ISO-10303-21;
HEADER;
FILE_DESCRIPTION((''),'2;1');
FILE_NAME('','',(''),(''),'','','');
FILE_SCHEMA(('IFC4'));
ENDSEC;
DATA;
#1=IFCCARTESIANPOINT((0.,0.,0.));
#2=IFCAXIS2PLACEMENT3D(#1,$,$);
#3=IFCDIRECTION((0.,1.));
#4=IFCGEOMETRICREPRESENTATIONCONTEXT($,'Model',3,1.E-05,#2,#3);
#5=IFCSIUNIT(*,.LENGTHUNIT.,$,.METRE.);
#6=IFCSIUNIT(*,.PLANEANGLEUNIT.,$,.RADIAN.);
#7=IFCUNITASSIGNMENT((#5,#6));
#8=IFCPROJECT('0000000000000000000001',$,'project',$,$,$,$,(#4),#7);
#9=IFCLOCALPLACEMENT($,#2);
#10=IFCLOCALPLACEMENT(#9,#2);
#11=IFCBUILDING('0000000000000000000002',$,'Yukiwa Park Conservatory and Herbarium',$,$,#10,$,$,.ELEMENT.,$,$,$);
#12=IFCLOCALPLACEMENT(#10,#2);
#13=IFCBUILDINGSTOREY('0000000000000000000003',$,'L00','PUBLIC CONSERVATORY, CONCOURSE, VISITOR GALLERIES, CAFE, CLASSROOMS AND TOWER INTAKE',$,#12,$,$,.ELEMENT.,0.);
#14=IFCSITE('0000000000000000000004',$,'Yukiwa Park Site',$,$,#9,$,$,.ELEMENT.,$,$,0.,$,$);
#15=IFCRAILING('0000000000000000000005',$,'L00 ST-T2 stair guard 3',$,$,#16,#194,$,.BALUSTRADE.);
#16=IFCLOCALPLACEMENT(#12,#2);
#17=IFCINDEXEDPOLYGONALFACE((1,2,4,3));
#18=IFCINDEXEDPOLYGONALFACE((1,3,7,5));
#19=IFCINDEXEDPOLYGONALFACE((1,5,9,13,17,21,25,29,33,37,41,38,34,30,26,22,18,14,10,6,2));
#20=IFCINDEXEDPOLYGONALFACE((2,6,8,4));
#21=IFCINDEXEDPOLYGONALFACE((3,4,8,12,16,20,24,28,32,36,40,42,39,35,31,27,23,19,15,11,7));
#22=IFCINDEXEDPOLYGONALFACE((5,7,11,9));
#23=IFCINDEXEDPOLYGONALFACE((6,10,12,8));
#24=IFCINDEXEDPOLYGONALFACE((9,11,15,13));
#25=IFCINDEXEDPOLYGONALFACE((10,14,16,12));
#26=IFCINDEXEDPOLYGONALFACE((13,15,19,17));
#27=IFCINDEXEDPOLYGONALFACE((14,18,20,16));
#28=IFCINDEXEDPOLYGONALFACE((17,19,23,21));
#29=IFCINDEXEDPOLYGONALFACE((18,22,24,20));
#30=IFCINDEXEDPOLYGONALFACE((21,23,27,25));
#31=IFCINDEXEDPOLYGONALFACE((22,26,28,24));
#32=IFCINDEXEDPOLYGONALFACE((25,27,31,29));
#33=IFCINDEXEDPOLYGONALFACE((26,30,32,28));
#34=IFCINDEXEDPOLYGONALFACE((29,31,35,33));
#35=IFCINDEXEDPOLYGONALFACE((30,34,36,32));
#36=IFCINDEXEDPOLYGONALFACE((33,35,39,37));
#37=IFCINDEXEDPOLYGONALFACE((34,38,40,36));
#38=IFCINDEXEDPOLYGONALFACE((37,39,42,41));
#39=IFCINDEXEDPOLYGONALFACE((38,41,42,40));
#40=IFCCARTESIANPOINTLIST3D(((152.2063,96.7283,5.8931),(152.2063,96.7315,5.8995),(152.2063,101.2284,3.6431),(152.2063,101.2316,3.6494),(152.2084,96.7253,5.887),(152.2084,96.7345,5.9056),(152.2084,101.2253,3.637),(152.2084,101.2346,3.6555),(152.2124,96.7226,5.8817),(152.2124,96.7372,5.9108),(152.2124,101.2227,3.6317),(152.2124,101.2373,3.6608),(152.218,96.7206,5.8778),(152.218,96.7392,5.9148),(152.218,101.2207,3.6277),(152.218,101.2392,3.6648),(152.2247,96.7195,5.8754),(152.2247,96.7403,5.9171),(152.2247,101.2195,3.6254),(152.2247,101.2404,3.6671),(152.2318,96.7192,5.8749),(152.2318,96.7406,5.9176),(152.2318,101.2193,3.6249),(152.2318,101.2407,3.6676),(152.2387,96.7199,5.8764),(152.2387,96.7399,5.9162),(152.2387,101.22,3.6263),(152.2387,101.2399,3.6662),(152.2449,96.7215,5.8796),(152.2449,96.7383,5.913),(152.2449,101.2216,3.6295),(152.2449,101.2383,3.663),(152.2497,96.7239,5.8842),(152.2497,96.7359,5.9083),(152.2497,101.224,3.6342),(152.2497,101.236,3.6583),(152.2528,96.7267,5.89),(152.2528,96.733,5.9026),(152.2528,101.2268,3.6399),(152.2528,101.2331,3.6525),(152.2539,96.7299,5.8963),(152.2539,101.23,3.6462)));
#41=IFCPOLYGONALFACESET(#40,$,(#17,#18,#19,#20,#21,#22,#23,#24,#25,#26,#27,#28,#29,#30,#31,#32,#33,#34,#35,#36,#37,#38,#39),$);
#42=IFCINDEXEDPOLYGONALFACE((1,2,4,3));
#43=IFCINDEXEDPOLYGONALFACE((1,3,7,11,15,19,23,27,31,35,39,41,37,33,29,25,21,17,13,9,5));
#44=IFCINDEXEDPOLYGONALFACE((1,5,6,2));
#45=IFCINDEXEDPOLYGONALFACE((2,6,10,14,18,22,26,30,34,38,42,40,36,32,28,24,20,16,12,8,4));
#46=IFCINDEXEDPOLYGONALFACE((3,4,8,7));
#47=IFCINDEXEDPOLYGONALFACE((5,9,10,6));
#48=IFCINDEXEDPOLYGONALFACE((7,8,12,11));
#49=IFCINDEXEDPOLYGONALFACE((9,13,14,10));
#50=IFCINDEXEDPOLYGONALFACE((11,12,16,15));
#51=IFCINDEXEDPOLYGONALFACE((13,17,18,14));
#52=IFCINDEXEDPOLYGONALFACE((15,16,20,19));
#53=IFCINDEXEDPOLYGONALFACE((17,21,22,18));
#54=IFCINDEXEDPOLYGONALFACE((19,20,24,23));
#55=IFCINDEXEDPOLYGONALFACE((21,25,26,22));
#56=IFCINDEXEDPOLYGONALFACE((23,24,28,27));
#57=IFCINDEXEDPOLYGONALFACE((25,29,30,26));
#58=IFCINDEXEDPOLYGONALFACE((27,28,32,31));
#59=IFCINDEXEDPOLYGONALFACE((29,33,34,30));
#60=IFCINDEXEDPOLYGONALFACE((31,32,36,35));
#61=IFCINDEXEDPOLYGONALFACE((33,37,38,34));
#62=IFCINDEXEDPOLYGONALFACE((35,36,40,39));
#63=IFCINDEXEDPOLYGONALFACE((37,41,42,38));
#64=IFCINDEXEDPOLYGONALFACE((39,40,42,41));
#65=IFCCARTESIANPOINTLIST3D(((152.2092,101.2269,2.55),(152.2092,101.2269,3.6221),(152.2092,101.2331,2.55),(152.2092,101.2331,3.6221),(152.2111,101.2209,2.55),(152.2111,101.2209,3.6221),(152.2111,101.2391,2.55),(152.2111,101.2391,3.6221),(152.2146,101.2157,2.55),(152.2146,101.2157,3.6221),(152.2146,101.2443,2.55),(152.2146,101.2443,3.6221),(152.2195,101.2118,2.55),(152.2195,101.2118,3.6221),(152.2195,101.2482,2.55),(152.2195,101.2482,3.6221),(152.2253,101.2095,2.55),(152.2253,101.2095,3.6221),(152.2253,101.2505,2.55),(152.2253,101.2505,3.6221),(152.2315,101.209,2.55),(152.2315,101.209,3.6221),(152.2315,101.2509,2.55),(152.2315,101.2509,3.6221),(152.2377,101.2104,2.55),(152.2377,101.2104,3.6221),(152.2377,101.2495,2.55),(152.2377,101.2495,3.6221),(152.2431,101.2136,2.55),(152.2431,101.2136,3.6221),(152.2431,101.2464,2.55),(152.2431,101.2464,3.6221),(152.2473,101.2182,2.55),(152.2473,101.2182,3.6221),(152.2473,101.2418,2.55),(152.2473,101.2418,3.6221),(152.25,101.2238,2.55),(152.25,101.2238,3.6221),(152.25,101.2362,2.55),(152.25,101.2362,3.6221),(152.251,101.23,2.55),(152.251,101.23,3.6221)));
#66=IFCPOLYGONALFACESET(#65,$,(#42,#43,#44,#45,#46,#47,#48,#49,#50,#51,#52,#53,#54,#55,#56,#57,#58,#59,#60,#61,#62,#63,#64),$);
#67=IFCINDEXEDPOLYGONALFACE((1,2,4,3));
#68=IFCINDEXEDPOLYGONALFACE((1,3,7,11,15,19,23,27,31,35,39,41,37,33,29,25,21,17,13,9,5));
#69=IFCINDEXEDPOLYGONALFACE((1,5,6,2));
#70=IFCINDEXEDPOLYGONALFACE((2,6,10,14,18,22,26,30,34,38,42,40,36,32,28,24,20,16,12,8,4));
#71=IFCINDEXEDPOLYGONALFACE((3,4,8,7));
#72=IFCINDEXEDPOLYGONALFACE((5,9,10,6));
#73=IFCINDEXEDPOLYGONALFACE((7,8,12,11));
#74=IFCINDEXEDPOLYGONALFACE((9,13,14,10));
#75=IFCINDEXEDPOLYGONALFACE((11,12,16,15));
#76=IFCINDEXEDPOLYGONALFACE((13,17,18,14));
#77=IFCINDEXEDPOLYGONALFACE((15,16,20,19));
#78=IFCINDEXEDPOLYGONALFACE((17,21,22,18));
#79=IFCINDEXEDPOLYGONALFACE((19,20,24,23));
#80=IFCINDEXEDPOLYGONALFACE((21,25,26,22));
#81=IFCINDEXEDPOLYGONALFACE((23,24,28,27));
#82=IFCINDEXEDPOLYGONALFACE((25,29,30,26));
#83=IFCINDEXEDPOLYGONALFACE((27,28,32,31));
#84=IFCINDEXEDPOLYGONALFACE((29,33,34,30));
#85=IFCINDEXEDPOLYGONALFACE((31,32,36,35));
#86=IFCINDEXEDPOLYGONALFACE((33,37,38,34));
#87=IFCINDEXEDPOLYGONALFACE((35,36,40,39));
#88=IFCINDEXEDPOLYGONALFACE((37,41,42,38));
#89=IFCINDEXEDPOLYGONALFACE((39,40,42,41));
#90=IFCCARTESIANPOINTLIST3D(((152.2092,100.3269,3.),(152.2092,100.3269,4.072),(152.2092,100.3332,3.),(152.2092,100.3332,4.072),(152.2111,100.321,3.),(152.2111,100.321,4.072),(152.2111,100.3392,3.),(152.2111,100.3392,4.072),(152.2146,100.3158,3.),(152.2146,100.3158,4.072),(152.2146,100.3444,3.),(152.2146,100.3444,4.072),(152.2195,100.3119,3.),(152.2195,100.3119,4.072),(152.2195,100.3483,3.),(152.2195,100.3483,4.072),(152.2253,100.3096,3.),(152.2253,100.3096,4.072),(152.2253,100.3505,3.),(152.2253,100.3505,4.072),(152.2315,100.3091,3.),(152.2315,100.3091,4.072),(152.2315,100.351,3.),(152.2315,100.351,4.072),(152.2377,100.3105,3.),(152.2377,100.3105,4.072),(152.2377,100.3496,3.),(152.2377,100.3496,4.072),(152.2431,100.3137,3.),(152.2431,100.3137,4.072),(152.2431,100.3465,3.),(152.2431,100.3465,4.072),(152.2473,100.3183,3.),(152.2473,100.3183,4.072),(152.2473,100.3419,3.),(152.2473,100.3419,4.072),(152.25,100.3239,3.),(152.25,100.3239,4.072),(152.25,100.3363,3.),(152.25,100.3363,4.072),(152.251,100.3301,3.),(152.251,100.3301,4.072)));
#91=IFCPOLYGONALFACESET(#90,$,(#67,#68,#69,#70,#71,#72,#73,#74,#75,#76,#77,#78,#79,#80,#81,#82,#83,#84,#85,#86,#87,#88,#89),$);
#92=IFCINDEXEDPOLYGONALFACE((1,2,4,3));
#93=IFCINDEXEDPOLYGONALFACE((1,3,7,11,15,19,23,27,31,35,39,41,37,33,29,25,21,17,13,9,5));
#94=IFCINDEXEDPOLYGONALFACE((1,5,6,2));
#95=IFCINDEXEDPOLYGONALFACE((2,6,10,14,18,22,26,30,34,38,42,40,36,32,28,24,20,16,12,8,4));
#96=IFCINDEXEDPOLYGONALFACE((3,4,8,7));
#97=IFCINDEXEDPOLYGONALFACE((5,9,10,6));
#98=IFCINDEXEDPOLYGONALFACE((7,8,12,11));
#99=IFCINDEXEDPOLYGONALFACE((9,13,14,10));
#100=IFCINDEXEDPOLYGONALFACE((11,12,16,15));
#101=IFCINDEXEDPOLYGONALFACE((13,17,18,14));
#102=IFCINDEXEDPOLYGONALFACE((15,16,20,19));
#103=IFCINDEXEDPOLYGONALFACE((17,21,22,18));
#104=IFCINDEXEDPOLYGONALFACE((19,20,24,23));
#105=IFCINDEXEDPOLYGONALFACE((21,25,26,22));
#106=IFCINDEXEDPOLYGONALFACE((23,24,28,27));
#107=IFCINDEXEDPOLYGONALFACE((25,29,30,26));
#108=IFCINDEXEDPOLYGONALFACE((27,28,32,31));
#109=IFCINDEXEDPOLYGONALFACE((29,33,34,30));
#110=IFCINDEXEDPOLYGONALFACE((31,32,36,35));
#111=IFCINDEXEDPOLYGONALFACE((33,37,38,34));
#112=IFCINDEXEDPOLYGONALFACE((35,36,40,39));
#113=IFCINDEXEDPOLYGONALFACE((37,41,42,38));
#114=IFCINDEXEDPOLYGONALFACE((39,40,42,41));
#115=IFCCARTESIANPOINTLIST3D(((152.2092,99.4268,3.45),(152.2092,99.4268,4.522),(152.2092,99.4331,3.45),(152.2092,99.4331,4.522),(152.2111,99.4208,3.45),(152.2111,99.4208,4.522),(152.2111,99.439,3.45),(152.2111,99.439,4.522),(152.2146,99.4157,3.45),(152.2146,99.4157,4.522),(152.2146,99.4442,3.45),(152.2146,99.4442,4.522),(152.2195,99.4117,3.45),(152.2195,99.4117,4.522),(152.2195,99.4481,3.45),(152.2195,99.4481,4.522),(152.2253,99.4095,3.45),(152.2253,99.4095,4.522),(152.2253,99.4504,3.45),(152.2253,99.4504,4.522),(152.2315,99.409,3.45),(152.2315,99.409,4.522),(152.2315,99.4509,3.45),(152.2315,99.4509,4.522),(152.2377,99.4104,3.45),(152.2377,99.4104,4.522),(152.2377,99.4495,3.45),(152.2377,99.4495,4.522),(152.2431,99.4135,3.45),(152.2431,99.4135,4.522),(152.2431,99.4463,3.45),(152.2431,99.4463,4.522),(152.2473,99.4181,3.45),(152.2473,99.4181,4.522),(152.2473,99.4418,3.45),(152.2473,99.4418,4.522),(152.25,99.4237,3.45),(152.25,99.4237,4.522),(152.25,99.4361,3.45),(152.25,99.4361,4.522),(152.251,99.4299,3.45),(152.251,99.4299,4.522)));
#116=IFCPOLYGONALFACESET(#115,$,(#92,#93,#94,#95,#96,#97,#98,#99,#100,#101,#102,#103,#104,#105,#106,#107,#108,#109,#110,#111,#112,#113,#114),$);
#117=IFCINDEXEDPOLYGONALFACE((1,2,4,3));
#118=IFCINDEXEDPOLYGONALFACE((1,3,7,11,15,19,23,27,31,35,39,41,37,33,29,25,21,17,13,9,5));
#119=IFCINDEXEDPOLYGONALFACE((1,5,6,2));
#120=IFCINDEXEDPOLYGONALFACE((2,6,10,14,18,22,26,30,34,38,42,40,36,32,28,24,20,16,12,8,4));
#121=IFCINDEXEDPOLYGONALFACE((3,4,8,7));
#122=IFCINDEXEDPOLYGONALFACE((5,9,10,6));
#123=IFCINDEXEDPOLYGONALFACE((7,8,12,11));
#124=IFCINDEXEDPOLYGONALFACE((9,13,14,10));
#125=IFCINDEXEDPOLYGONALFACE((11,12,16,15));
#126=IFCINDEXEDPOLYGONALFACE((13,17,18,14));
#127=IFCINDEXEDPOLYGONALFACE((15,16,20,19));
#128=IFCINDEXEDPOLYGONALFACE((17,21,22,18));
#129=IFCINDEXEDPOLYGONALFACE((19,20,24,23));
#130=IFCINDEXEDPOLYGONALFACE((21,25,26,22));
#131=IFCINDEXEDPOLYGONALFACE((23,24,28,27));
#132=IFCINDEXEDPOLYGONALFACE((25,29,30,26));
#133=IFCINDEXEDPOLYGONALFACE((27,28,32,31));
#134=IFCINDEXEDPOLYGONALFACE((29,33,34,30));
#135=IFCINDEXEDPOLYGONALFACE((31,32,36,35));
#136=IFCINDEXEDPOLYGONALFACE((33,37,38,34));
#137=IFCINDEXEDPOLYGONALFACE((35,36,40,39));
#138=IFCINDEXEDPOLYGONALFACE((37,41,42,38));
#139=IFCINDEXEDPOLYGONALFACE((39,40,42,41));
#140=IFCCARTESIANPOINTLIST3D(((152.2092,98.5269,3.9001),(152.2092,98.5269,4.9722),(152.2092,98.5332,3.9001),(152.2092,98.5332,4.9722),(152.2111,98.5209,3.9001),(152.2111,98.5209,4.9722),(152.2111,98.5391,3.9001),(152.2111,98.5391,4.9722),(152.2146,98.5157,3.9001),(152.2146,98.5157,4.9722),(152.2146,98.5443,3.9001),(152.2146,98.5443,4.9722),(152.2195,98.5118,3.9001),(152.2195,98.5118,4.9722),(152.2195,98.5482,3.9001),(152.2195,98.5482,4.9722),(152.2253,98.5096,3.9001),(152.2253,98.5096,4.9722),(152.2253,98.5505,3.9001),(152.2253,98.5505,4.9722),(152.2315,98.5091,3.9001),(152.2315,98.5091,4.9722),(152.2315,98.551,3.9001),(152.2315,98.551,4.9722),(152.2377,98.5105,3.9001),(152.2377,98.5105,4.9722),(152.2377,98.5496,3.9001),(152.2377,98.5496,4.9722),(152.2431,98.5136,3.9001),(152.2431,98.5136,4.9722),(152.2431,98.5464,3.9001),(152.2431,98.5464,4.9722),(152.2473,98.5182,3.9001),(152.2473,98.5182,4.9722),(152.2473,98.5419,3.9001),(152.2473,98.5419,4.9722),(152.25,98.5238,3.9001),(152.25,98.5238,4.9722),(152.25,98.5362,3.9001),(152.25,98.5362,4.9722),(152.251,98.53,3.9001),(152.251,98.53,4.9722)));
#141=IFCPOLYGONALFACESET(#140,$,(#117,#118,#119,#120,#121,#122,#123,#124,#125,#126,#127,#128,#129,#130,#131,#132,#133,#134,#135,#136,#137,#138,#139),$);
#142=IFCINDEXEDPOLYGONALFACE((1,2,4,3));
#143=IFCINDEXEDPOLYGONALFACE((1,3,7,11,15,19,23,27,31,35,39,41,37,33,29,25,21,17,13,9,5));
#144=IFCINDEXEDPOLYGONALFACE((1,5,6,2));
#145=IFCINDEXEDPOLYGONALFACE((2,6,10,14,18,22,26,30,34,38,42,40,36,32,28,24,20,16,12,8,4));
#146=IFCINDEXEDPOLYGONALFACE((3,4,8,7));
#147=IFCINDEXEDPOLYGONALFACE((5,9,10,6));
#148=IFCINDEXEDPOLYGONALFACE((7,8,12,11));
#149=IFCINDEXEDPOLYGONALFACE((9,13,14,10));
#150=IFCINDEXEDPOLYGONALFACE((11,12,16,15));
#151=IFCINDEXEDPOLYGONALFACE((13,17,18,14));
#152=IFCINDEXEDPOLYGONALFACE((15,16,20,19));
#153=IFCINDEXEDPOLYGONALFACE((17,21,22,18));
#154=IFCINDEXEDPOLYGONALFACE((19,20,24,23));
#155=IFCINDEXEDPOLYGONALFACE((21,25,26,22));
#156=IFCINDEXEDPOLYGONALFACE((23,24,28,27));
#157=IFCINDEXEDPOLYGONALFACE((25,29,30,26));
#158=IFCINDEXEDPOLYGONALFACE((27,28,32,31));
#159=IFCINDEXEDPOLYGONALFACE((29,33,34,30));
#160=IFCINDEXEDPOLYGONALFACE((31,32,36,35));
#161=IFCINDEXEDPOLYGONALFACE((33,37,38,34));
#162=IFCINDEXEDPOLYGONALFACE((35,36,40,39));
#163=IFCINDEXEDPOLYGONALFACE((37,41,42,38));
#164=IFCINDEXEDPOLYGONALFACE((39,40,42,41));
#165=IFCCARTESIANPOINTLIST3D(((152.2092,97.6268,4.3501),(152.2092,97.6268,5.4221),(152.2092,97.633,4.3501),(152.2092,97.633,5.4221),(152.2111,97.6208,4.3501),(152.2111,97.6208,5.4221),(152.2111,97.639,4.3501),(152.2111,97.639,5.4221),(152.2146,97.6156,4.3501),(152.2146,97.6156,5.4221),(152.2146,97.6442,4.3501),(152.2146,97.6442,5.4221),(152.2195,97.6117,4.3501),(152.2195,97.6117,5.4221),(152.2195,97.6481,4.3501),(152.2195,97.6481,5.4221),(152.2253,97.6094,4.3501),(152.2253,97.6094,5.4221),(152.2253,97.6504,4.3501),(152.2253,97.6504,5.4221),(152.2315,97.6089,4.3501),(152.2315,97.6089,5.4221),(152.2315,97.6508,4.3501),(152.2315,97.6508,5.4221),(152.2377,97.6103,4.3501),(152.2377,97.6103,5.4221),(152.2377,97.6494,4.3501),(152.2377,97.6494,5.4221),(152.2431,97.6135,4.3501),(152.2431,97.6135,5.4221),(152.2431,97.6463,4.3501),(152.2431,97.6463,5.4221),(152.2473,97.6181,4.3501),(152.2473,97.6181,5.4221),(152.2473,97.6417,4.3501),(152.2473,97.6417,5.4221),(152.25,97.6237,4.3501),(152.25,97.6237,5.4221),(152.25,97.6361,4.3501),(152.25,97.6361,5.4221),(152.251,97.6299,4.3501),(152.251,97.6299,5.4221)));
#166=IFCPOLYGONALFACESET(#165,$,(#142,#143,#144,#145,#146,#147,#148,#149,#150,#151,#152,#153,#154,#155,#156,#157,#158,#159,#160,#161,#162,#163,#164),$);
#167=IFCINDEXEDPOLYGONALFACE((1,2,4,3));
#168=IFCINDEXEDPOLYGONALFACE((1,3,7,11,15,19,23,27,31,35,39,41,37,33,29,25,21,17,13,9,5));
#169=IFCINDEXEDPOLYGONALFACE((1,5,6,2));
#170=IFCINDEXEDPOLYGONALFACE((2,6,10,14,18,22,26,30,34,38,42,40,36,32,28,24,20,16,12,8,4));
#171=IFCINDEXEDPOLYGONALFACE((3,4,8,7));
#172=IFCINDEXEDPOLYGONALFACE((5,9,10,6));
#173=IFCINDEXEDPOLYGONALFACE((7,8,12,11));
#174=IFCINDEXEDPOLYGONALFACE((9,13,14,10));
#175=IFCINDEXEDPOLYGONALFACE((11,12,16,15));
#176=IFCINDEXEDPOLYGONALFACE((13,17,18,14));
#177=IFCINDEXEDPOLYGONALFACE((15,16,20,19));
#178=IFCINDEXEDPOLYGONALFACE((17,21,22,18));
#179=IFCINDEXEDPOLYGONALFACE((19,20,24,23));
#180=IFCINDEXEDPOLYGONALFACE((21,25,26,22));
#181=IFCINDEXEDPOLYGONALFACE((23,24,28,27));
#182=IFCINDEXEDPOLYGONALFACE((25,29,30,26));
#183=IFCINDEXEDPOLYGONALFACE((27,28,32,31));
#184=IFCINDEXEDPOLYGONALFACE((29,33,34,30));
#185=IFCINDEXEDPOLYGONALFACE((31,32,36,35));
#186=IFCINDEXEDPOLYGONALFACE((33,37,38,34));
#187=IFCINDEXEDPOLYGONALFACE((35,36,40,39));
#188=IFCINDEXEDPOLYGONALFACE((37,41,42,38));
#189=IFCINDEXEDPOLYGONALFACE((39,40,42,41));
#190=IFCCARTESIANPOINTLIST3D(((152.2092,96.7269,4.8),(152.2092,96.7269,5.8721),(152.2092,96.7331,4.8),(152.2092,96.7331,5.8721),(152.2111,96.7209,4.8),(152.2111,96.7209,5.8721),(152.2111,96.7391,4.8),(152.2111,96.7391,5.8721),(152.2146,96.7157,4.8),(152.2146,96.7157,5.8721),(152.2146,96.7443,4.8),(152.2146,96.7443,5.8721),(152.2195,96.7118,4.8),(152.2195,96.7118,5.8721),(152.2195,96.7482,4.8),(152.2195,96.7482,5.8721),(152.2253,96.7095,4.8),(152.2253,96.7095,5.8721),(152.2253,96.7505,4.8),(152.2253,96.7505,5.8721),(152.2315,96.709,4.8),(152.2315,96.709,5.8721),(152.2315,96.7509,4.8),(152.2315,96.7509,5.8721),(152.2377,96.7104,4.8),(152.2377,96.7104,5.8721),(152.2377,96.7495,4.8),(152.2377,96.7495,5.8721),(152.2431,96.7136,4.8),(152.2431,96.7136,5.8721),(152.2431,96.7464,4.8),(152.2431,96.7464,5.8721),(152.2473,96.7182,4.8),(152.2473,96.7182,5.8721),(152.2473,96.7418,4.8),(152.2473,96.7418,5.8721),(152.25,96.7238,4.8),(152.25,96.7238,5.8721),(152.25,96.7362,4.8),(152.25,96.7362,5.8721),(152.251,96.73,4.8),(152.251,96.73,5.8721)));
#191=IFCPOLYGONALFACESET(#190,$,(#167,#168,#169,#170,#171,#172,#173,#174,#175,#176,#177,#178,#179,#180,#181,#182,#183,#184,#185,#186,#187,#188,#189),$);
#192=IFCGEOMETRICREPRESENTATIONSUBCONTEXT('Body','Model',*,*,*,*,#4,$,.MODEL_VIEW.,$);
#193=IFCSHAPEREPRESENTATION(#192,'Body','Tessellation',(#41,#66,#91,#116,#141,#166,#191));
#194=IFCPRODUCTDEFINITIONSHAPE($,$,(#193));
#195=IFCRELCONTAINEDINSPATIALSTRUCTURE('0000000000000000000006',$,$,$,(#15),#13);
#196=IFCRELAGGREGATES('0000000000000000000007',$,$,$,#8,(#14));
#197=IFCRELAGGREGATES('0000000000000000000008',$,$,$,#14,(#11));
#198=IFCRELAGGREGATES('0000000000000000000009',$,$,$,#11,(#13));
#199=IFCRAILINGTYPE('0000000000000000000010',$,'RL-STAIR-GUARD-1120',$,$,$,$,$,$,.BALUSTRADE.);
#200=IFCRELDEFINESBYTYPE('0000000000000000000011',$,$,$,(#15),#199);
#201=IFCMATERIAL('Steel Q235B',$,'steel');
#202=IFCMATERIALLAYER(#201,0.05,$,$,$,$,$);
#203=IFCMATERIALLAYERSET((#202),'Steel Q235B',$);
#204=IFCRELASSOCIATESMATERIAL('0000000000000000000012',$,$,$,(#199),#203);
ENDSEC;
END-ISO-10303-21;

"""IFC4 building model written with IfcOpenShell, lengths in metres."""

from ifc_helpers import new_model, si_unit, direction, frame, origin, origin_2d, place, context, subcontext, project, spatial, circle, extrude, material, layer, layer_set, type_object, element, save


model = new_model("IFC4")

# Units and contexts
model_context = context("Model", 3, precision=1e-05, world=origin(), true_north=direction((0.0, 1.0)))
body_context = subcontext(model_context, "Body", "Model", "MODEL_VIEW")
ifc_project = project(units=[si_unit("LENGTHUNIT", "METRE"), si_unit("PLANEANGLEUNIT", "RADIAN")], contexts=[model_context])

# Site, building, storey
site_placement = place(None, origin())
site = spatial("IfcSite", under=ifc_project, at=site_placement, Name="Yukiwa Park Site", CompositionType="ELEMENT", RefElevation=0.0)
building_placement = place(site_placement, origin())
building = spatial("IfcBuilding", under=site, at=building_placement, Name="Yukiwa Park Conservatory and Herbarium", CompositionType="ELEMENT")
storey_placement = place(building_placement, origin())
storey = spatial("IfcBuildingStorey", under=building, at=storey_placement, Name="L00", Description="PUBLIC CONSERVATORY, CONCOURSE, VISITOR GALLERIES, CAFE, CLASSROOMS AND TOWER INTAKE", CompositionType="ELEMENT", Elevation=0.0)

# Railing
ifc_material_1 = material(Name="Steel Q235B", Category="steel")
ifc_layer_1 = layer(ifc_material_1, 0.05)
ifc_layer_set_1 = layer_set([ifc_layer_1], Name="Steel Q235B")
railing_type_1 = type_object("IfcRailingType", Name="RL-STAIR-GUARD-1120", PredefinedType="BALUSTRADE", material=ifc_layer_set_1)
railing_1_placement = place(storey_placement, frame((152.23, 101.23, 2.55)))
element("IfcRailing", 1, at=railing_1_placement, inside=storey, type_object=railing_type_1, Name="L00 ST-T2 stair guard 3", PredefinedType="BALUSTRADE", context=body_context, shape_type="SweptSolid", body=[
    extrude(circle(Radius=0.0239, at=origin_2d()), frame((0.0, 0.0, 1.0962), z_axis=(0.0, -0.894427, 0.447214), x_axis=(1.0, 0.0, 0.0)), (0.0, 0.0, 1.0), 5.0312),
    extrude(circle(Radius=0.021, at=origin_2d()), origin(), (0.0, 0.0, 1.0), 1.072),
    extrude(circle(Radius=0.021, at=origin_2d()), frame((0.0, -0.8999, 0.45)), (0.0, 0.0, 1.0), 1.072),
    extrude(circle(Radius=0.021, at=origin_2d()), frame((0.0, -1.8, 0.8999)), (0.0, 0.0, 1.0), 1.072),
    extrude(circle(Radius=0.021, at=origin_2d()), frame((0.0, -2.7, 1.3501)), (0.0, 0.0, 1.0), 1.072),
    extrude(circle(Radius=0.021, at=origin_2d()), frame((0.0, -3.6001, 1.8)), (0.0, 0.0, 1.0), 1.072),
    extrude(circle(Radius=0.021, at=origin_2d()), frame((0.0, -4.5, 2.25)), (0.0, 0.0, 1.0), 1.072),
])

save(model, "model.ifc")
